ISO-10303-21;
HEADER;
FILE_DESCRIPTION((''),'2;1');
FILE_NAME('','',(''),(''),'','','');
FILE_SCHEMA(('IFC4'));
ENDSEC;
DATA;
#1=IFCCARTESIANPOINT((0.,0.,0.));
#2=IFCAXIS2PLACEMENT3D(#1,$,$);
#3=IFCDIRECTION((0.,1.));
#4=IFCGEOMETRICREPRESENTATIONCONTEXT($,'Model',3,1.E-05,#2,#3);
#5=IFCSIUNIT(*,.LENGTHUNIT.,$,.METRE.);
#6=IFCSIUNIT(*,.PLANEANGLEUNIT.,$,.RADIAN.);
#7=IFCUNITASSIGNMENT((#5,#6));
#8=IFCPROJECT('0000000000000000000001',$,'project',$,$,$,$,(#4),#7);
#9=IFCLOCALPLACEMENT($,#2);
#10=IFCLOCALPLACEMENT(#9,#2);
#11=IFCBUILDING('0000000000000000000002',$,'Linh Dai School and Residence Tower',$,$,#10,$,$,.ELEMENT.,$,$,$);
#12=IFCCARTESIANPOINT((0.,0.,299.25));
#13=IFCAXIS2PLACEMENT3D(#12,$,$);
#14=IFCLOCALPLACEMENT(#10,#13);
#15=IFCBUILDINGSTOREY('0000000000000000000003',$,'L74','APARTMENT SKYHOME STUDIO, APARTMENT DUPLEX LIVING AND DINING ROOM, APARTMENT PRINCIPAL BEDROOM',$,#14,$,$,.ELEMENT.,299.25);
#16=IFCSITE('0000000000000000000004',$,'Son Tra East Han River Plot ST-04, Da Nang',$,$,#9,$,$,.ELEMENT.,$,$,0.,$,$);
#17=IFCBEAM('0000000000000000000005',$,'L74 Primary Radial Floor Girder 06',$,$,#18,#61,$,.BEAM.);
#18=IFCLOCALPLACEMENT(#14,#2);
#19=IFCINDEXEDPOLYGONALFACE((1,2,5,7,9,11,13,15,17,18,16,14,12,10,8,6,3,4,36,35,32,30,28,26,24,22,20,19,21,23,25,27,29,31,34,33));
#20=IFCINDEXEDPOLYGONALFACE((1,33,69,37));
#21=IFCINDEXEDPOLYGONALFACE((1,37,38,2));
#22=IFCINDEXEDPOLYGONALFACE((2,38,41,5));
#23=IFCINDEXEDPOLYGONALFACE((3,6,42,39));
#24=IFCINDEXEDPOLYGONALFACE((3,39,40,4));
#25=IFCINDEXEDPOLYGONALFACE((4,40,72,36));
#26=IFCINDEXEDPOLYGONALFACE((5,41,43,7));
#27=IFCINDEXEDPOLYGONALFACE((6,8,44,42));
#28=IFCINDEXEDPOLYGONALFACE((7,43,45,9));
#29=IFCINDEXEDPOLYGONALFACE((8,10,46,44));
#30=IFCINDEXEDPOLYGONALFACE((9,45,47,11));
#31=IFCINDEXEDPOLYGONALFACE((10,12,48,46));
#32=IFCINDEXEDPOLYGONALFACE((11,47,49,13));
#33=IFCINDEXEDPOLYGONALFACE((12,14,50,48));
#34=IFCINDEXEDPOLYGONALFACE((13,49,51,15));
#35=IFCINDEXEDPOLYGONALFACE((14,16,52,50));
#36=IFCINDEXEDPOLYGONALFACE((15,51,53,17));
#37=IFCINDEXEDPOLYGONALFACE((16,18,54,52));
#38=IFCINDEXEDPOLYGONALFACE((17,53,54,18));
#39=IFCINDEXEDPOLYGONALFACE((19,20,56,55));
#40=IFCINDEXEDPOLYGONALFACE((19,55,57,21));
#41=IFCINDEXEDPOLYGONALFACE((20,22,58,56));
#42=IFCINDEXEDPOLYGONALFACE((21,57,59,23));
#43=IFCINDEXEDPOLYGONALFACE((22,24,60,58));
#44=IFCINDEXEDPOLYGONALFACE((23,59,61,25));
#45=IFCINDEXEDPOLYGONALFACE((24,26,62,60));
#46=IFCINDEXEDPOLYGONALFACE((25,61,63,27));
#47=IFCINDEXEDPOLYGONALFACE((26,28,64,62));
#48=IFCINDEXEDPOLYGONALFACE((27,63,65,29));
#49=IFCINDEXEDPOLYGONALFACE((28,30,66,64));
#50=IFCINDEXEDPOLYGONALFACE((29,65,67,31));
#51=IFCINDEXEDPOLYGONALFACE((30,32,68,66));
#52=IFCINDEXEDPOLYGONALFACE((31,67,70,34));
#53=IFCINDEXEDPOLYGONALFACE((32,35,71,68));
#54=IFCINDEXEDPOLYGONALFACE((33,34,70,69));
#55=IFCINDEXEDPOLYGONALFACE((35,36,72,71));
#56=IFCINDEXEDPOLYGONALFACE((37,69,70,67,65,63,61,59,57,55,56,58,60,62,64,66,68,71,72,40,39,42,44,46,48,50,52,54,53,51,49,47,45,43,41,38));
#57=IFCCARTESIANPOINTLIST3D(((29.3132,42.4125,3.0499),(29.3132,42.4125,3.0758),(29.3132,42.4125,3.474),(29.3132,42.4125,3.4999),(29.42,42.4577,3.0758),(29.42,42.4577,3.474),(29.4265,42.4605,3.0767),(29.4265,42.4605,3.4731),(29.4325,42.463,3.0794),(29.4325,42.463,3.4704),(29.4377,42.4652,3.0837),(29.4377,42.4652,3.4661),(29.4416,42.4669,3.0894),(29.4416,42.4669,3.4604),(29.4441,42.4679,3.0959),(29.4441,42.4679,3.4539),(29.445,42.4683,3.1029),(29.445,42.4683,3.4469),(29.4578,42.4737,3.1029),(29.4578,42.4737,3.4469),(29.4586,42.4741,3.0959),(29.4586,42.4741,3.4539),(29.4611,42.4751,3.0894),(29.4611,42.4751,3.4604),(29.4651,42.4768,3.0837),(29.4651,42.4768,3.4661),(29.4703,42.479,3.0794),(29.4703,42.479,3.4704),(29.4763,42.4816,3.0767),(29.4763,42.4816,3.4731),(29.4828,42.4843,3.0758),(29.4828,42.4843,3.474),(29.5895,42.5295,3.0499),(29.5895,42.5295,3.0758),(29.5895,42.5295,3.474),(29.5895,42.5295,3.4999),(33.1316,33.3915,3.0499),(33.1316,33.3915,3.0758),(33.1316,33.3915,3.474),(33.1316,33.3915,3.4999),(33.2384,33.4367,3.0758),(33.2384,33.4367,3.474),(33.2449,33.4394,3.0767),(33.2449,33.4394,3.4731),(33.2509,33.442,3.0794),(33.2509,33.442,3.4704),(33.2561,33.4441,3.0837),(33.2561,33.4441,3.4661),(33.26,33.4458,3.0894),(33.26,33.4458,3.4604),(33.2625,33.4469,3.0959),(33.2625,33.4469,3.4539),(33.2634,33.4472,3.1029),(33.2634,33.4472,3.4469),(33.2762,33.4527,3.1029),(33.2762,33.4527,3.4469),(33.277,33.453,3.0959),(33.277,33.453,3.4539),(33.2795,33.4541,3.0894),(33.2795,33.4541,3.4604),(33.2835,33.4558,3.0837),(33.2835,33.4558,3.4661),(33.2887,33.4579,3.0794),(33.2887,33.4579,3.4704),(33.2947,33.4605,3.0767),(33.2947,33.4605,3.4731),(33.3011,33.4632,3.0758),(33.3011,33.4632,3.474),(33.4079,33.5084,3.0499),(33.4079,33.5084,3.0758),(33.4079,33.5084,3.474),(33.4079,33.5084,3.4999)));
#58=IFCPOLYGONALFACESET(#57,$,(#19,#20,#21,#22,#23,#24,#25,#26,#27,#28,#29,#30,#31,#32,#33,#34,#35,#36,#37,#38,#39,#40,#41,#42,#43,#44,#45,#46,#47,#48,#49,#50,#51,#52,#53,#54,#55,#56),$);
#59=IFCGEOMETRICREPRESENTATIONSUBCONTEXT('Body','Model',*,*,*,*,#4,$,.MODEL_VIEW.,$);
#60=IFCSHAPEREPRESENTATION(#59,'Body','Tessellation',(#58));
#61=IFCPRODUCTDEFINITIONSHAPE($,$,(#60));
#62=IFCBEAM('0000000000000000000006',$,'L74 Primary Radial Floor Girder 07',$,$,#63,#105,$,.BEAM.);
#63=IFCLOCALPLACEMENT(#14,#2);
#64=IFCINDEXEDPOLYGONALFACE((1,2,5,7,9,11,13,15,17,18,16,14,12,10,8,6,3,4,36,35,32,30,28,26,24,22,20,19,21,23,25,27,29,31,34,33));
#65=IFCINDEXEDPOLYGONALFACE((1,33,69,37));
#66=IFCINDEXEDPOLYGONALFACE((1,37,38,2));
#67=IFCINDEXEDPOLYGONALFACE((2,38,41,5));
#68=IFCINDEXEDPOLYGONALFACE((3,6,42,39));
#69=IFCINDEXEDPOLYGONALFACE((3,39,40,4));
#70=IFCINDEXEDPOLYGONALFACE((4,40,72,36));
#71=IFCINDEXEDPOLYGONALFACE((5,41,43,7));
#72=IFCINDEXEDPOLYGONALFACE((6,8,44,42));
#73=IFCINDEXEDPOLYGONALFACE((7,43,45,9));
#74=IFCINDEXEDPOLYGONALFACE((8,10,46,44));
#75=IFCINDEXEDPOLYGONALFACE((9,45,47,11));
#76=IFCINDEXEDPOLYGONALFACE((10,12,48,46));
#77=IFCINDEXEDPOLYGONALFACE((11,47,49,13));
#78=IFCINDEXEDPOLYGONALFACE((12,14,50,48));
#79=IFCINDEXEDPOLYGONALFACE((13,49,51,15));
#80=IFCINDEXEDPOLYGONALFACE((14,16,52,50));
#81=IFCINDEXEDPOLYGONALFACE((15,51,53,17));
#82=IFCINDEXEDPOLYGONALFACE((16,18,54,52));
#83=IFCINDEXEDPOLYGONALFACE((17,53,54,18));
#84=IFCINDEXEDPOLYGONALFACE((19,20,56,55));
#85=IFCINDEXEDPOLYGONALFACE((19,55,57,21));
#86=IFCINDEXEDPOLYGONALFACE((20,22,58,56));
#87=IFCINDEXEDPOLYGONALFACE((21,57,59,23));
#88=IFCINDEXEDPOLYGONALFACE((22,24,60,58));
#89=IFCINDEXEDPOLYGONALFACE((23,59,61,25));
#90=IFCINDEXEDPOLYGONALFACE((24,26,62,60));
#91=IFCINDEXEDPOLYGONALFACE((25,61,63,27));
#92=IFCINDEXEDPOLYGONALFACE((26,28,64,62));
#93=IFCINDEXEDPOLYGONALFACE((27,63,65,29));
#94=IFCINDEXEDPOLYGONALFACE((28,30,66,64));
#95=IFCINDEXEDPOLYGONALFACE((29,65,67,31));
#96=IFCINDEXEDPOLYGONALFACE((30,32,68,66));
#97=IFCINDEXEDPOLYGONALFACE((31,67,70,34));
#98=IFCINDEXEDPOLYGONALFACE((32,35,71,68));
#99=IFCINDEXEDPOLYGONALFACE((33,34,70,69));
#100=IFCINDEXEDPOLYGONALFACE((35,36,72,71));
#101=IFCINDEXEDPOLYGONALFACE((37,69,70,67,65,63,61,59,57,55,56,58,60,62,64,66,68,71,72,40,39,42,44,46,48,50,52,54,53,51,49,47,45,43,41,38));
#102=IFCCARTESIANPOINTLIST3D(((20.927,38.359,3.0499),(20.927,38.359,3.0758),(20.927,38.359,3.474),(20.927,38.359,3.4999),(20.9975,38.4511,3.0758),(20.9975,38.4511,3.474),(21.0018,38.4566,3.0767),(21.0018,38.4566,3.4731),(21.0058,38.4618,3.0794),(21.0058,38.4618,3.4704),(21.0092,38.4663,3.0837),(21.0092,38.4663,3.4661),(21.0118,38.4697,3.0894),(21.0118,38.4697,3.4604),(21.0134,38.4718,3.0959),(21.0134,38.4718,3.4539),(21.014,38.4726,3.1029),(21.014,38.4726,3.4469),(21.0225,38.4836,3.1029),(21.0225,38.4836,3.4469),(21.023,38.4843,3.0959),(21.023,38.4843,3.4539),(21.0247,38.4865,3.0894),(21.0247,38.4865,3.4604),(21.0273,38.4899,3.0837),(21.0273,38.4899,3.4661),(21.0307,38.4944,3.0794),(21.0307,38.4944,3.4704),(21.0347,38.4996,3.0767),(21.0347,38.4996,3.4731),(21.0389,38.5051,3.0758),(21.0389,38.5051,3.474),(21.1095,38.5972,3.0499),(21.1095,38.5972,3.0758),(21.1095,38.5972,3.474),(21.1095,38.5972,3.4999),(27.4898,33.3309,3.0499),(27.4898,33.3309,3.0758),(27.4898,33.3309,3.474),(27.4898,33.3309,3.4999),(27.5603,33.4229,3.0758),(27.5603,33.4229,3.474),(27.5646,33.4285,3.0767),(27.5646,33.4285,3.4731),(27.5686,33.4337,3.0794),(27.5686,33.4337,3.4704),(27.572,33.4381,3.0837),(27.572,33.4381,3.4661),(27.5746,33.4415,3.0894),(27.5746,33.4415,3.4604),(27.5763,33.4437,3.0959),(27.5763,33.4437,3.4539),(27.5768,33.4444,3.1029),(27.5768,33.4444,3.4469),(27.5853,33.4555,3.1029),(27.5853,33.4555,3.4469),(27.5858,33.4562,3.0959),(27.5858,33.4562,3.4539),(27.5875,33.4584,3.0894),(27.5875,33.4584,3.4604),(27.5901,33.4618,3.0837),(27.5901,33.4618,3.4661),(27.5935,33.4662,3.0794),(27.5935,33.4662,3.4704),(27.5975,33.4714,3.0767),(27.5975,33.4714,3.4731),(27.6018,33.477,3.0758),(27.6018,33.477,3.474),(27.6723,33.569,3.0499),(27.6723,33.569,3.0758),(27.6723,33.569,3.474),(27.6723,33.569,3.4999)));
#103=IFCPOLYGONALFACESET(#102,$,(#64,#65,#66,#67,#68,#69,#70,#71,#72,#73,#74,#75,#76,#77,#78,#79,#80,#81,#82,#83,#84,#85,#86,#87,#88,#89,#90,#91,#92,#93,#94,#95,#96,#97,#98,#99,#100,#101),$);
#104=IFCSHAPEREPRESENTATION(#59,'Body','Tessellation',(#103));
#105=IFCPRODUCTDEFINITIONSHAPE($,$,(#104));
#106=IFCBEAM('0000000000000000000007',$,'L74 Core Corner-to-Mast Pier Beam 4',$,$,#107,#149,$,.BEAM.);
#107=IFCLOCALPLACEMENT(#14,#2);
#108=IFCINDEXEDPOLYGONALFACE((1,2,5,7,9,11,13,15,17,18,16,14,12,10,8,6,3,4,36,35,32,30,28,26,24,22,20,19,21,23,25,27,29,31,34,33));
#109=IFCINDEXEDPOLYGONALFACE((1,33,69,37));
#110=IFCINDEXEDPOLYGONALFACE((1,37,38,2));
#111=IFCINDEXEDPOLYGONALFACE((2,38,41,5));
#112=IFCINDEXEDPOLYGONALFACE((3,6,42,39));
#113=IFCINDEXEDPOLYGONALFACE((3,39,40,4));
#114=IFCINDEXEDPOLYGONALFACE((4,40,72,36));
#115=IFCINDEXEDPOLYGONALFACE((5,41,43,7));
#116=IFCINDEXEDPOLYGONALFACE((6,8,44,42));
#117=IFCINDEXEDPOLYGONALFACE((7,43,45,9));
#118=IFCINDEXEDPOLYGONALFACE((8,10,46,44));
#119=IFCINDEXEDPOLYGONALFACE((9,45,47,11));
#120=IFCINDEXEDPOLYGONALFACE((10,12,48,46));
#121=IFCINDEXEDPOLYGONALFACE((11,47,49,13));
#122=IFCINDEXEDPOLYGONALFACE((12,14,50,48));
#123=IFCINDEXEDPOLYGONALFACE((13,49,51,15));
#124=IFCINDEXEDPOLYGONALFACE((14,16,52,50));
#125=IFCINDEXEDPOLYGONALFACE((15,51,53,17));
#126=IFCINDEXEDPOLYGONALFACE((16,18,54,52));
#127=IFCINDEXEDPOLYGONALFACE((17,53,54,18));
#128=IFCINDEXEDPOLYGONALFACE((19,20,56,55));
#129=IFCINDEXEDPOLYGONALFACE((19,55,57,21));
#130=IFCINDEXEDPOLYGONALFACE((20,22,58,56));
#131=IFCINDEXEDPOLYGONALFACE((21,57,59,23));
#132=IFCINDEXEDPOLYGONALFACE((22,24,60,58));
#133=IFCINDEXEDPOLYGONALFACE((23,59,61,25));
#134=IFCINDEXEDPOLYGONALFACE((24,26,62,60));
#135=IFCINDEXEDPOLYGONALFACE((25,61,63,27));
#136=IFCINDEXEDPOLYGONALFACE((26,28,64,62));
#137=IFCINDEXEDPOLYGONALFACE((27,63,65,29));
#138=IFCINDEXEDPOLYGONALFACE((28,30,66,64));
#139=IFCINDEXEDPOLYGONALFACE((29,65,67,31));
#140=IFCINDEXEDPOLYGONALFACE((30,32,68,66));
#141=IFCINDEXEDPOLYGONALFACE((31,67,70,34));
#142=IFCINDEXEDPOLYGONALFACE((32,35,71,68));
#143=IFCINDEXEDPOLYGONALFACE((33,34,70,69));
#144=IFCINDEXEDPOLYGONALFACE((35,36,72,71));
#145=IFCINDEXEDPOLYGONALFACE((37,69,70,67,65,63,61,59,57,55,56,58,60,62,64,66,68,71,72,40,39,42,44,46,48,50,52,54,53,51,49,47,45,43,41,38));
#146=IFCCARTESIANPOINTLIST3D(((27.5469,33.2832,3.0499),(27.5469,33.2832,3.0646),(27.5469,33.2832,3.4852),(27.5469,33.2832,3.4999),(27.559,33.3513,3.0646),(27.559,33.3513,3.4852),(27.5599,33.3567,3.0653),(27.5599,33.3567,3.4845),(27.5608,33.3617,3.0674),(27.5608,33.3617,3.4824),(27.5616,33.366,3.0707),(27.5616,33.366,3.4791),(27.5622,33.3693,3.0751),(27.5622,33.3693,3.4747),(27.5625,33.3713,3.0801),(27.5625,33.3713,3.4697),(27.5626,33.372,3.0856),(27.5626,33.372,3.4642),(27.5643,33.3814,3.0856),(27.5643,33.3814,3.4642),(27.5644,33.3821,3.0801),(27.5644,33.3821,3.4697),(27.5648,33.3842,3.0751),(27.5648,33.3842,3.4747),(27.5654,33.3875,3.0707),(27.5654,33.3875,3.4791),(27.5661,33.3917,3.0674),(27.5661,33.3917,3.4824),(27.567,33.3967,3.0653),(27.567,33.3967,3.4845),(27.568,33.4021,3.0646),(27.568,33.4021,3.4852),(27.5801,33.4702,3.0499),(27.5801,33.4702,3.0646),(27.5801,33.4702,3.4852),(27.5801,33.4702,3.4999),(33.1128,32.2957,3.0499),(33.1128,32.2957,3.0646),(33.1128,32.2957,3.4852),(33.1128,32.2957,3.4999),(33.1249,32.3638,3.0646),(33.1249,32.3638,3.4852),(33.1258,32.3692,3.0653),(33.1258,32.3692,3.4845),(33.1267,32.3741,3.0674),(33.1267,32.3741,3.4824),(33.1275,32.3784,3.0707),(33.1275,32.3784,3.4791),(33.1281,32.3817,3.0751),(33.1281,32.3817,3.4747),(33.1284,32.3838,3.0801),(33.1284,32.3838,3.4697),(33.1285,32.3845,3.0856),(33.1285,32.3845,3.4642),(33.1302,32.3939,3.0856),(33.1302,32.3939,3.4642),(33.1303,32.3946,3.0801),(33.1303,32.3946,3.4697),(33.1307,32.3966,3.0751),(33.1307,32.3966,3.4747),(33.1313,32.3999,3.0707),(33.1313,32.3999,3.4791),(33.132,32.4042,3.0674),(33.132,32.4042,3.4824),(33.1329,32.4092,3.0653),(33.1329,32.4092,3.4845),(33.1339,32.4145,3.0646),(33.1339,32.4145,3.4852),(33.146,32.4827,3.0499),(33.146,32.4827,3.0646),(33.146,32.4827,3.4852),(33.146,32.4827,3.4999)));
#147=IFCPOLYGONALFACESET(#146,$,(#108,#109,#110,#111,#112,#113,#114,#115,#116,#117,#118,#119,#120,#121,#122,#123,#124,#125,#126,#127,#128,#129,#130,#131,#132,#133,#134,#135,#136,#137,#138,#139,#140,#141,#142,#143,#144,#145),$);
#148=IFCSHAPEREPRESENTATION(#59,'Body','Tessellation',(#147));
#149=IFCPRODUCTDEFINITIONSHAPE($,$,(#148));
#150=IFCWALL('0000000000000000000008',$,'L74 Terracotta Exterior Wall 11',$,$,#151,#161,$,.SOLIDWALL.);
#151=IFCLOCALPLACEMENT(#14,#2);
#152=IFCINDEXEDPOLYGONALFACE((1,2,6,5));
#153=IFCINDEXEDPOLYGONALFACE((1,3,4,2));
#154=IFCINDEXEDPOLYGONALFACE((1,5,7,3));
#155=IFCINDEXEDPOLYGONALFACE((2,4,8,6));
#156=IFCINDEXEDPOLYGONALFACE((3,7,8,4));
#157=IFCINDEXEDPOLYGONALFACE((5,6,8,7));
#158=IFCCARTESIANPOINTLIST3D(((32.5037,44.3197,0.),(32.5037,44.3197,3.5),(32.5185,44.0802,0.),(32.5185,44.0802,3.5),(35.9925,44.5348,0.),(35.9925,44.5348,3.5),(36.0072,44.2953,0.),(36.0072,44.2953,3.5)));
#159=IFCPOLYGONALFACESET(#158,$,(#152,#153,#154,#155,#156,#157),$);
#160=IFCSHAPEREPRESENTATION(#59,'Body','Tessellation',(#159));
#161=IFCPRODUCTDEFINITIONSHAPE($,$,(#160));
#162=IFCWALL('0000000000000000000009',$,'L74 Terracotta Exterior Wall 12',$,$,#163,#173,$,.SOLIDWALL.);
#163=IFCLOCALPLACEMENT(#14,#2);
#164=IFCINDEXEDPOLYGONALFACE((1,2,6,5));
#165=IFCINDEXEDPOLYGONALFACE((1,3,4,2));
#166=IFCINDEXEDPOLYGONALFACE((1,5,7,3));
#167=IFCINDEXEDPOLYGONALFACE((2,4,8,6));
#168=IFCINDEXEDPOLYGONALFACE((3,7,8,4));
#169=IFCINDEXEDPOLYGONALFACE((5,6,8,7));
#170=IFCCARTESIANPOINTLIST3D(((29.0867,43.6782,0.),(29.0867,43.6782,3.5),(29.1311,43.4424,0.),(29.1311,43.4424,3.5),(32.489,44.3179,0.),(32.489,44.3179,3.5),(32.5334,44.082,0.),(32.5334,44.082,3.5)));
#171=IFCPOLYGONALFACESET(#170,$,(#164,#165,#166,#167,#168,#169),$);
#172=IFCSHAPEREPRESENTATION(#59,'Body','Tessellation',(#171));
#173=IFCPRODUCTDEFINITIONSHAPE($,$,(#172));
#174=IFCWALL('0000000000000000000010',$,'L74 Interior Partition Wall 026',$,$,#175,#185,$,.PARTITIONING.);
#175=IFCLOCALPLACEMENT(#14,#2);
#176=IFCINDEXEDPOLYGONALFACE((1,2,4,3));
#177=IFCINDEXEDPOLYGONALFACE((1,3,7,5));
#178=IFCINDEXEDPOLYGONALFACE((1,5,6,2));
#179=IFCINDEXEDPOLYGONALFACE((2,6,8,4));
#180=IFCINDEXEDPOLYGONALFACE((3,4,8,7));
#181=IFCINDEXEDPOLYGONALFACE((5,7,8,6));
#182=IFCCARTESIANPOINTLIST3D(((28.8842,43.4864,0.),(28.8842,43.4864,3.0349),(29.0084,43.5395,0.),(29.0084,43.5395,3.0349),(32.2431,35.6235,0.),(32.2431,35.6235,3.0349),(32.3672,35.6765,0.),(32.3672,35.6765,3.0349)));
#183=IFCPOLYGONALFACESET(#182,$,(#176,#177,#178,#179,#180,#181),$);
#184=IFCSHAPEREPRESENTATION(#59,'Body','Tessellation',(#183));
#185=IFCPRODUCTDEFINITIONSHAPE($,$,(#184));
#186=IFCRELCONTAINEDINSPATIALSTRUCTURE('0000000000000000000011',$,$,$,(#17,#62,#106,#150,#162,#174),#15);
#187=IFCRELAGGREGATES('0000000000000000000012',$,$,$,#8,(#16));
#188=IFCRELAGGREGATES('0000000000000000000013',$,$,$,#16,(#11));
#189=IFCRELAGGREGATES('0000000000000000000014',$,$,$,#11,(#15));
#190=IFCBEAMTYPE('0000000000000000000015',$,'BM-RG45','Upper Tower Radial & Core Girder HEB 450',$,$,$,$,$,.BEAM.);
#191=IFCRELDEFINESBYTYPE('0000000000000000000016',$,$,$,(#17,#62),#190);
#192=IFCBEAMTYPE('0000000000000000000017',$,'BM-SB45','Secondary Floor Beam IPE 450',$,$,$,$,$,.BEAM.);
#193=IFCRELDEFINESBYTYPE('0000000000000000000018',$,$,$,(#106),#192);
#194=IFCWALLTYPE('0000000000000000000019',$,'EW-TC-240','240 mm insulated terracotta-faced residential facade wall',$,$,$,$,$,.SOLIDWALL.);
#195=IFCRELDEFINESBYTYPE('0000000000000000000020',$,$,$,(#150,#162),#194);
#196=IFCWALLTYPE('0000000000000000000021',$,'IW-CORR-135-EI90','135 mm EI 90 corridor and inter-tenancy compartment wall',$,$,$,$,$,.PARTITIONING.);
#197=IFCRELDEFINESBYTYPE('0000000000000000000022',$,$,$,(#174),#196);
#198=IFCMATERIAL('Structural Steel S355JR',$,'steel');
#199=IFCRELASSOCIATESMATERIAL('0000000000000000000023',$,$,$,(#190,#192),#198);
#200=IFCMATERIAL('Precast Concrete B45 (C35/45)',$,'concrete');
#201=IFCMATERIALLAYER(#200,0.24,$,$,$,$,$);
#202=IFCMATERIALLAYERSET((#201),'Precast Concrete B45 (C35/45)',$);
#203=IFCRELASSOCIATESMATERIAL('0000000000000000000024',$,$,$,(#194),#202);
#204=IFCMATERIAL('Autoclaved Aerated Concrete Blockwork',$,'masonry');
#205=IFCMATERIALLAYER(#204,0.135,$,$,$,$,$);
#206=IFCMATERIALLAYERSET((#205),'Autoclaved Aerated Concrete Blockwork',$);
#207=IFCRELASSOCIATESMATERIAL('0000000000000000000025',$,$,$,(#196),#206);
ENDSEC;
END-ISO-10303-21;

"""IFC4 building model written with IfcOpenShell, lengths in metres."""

from ifc_helpers import new_model, si_unit, direction, frame, frame_2d, origin, origin_2d, place, context, subcontext, project, spatial, rectangle, i_section, extrude, material, layer, layer_set, material_profile, profile_set, type_object, element, save


model = new_model("IFC4")

# Units and contexts
model_context = context("Model", 3, precision=1e-05, world=origin(), true_north=direction((0.0, 1.0)))
body_context = subcontext(model_context, "Body", "Model", "MODEL_VIEW")
ifc_project = project(units=[si_unit("LENGTHUNIT", "METRE"), si_unit("PLANEANGLEUNIT", "RADIAN")], contexts=[model_context])

# Site, building, storey
site_placement = place(None, origin())
site = spatial("IfcSite", under=ifc_project, at=site_placement, Name="Son Tra East Han River Plot ST-04, Da Nang", CompositionType="ELEMENT", RefElevation=0.0)
building_placement = place(site_placement, origin())
building = spatial("IfcBuilding", under=site, at=building_placement, Name="Linh Dai School and Residence Tower", CompositionType="ELEMENT")
storey_placement = place(building_placement, frame((0.0, 0.0, 299.25)))
storey = spatial("IfcBuildingStorey", under=building, at=storey_placement, Name="L74", Description="APARTMENT SKYHOME STUDIO, APARTMENT DUPLEX LIVING AND DINING ROOM, APARTMENT PRINCIPAL BEDROOM", CompositionType="ELEMENT", Elevation=299.25)

# Shared definitions
ifc_material_1 = material(Name="Structural Steel S355JR", Category="steel")

# Beams
ifc_material_profile_1 = material_profile(ifc_material_1, i_section(OverallWidth=0.3, OverallDepth=0.45, WebThickness=0.0139, FlangeThickness=0.0259, FilletRadius=0.0271, at=origin_2d()), Name="HEB 450")
ifc_profile_set_1 = profile_set([ifc_material_profile_1], Name="Structural Steel S355JR")
beam_type_1 = type_object("IfcBeamType", Name="BM-RG45", Description="Upper Tower Radial & Core Girder HEB 450", PredefinedType="BEAM", material=ifc_profile_set_1)
beam_1_placement = place(storey_placement, frame((33.2698, 33.45, 3.2749), z_axis=(-0.389794, 0.920902, 0.0), x_axis=(-0.920902, -0.389794, 0.0)))
element("IfcBeam", 1, at=beam_1_placement, inside=storey, type_object=beam_type_1, Name="L74 Primary Radial Floor Girder 06", PredefinedType="BEAM", context=body_context, shape_type="SweptSolid", body=[
    extrude(i_section(OverallWidth=0.3, OverallDepth=0.45, WebThickness=0.0139, FlangeThickness=0.0259, FilletRadius=0.0271, at=origin_2d()), origin(), (0.0, 0.0, 1.0), 9.7959),
])
beam_2_placement = place(storey_placement, frame((27.5811, 33.45, 3.2749), z_axis=(-0.793803, 0.608175, 0.0), x_axis=(-0.608175, -0.793803, 0.0)))
element("IfcBeam", 2, at=beam_2_placement, inside=storey, type_object=beam_type_1, Name="L74 Primary Radial Floor Girder 07", PredefinedType="BEAM", context=body_context, shape_type="SweptSolid", body=[
    extrude(i_section(OverallWidth=0.3, OverallDepth=0.45, WebThickness=0.0139, FlangeThickness=0.0259, FilletRadius=0.0271, at=origin_2d()), origin(), (0.0, 0.0, 1.0), 8.2676),
])
ifc_material_profile_2 = material_profile(ifc_material_1, i_section(OverallWidth=0.1899, OverallDepth=0.45, WebThickness=0.0095, FlangeThickness=0.0146, FilletRadius=0.021, at=origin_2d()), Name="IPE 450")
ifc_profile_set_2 = profile_set([ifc_material_profile_2], Name="Structural Steel S355JR")
beam_type_2 = type_object("IfcBeamType", Name="BM-SB45", Description="Secondary Floor Beam IPE 450", PredefinedType="BEAM", material=ifc_profile_set_2)
beam_3_placement = place(storey_placement, frame((27.5635, 33.3767, 3.2749), z_axis=(0.984622, -0.174699, 0.0), x_axis=(0.174699, 0.984622, 0.0)))
element("IfcBeam", 3, at=beam_3_placement, inside=storey, type_object=beam_type_2, Name="L74 Core Corner-to-Mast Pier Beam 4", PredefinedType="BEAM", context=body_context, shape_type="SweptSolid", body=[
    extrude(i_section(OverallWidth=0.1899, OverallDepth=0.45, WebThickness=0.0095, FlangeThickness=0.0146, FilletRadius=0.021, at=origin_2d()), origin(), (0.0, 0.0, 1.0), 5.6528),
])

# Walls
ifc_material_2 = material(Name="Precast Concrete B45 (C35/45)", Category="concrete")
ifc_layer_1 = layer(ifc_material_2, 0.24)
ifc_layer_set_1 = layer_set([ifc_layer_1], Name="Precast Concrete B45 (C35/45)")
wall_type_1 = type_object("IfcWallType", Name="EW-TC-240", Description="240 mm insulated terracotta-faced residential facade wall", PredefinedType="SOLIDWALL", material=ifc_layer_set_1)
wall_1_placement = place(storey_placement, frame((32.5112, 44.2, 0.0), z_axis=(0.0, 0.0, 1.0), x_axis=(0.998105, 0.061535, 0.0)))
element("IfcWall", 4, at=wall_1_placement, inside=storey, type_object=wall_type_1, Name="L74 Terracotta Exterior Wall 11", PredefinedType="SOLIDWALL", context=body_context, shape_type="SweptSolid", body=[
    extrude(rectangle(XDim=3.4954, YDim=0.24, at=frame_2d((1.7476, 0.0))), origin(), (0.0, 0.0, 1.0), 3.5),
])
wall_2_placement = place(storey_placement, frame((29.1089, 43.5603, 0.0), z_axis=(0.0, 0.0, 1.0), x_axis=(0.982783, 0.184765, 0.0)))
element("IfcWall", 5, at=wall_2_placement, inside=storey, type_object=wall_type_1, Name="L74 Terracotta Exterior Wall 12", PredefinedType="SOLIDWALL", context=body_context, shape_type="SweptSolid", body=[
    extrude(rectangle(XDim=3.4619, YDim=0.24, at=frame_2d((1.731, 0.0))), origin(), (0.0, 0.0, 1.0), 3.5),
])
ifc_material_3 = material(Name="Autoclaved Aerated Concrete Blockwork", Category="masonry")
ifc_layer_2 = layer(ifc_material_3, 0.135)
ifc_layer_set_2 = layer_set([ifc_layer_2], Name="Autoclaved Aerated Concrete Blockwork")
wall_type_2 = type_object("IfcWallType", Name="IW-CORR-135-EI90", Description="135 mm EI 90 corridor and inter-tenancy compartment wall", PredefinedType="PARTITIONING", material=ifc_layer_set_2)
wall_3_placement = place(storey_placement, frame((28.9463, 43.5129, 0.0), z_axis=(0.0, 0.0, 1.0), x_axis=(0.392834, -0.91961, 0.0)))
element("IfcWall", 6, at=wall_3_placement, inside=storey, type_object=wall_type_2, Name="L74 Interior Partition Wall 026", PredefinedType="PARTITIONING", context=body_context, shape_type="SweptSolid", body=[
    extrude(rectangle(XDim=8.5503, YDim=0.135, at=frame_2d((4.2751, 0.0))), origin(), (0.0, 0.0, 1.0), 3.0349),
])

save(model, "model.ifc")
